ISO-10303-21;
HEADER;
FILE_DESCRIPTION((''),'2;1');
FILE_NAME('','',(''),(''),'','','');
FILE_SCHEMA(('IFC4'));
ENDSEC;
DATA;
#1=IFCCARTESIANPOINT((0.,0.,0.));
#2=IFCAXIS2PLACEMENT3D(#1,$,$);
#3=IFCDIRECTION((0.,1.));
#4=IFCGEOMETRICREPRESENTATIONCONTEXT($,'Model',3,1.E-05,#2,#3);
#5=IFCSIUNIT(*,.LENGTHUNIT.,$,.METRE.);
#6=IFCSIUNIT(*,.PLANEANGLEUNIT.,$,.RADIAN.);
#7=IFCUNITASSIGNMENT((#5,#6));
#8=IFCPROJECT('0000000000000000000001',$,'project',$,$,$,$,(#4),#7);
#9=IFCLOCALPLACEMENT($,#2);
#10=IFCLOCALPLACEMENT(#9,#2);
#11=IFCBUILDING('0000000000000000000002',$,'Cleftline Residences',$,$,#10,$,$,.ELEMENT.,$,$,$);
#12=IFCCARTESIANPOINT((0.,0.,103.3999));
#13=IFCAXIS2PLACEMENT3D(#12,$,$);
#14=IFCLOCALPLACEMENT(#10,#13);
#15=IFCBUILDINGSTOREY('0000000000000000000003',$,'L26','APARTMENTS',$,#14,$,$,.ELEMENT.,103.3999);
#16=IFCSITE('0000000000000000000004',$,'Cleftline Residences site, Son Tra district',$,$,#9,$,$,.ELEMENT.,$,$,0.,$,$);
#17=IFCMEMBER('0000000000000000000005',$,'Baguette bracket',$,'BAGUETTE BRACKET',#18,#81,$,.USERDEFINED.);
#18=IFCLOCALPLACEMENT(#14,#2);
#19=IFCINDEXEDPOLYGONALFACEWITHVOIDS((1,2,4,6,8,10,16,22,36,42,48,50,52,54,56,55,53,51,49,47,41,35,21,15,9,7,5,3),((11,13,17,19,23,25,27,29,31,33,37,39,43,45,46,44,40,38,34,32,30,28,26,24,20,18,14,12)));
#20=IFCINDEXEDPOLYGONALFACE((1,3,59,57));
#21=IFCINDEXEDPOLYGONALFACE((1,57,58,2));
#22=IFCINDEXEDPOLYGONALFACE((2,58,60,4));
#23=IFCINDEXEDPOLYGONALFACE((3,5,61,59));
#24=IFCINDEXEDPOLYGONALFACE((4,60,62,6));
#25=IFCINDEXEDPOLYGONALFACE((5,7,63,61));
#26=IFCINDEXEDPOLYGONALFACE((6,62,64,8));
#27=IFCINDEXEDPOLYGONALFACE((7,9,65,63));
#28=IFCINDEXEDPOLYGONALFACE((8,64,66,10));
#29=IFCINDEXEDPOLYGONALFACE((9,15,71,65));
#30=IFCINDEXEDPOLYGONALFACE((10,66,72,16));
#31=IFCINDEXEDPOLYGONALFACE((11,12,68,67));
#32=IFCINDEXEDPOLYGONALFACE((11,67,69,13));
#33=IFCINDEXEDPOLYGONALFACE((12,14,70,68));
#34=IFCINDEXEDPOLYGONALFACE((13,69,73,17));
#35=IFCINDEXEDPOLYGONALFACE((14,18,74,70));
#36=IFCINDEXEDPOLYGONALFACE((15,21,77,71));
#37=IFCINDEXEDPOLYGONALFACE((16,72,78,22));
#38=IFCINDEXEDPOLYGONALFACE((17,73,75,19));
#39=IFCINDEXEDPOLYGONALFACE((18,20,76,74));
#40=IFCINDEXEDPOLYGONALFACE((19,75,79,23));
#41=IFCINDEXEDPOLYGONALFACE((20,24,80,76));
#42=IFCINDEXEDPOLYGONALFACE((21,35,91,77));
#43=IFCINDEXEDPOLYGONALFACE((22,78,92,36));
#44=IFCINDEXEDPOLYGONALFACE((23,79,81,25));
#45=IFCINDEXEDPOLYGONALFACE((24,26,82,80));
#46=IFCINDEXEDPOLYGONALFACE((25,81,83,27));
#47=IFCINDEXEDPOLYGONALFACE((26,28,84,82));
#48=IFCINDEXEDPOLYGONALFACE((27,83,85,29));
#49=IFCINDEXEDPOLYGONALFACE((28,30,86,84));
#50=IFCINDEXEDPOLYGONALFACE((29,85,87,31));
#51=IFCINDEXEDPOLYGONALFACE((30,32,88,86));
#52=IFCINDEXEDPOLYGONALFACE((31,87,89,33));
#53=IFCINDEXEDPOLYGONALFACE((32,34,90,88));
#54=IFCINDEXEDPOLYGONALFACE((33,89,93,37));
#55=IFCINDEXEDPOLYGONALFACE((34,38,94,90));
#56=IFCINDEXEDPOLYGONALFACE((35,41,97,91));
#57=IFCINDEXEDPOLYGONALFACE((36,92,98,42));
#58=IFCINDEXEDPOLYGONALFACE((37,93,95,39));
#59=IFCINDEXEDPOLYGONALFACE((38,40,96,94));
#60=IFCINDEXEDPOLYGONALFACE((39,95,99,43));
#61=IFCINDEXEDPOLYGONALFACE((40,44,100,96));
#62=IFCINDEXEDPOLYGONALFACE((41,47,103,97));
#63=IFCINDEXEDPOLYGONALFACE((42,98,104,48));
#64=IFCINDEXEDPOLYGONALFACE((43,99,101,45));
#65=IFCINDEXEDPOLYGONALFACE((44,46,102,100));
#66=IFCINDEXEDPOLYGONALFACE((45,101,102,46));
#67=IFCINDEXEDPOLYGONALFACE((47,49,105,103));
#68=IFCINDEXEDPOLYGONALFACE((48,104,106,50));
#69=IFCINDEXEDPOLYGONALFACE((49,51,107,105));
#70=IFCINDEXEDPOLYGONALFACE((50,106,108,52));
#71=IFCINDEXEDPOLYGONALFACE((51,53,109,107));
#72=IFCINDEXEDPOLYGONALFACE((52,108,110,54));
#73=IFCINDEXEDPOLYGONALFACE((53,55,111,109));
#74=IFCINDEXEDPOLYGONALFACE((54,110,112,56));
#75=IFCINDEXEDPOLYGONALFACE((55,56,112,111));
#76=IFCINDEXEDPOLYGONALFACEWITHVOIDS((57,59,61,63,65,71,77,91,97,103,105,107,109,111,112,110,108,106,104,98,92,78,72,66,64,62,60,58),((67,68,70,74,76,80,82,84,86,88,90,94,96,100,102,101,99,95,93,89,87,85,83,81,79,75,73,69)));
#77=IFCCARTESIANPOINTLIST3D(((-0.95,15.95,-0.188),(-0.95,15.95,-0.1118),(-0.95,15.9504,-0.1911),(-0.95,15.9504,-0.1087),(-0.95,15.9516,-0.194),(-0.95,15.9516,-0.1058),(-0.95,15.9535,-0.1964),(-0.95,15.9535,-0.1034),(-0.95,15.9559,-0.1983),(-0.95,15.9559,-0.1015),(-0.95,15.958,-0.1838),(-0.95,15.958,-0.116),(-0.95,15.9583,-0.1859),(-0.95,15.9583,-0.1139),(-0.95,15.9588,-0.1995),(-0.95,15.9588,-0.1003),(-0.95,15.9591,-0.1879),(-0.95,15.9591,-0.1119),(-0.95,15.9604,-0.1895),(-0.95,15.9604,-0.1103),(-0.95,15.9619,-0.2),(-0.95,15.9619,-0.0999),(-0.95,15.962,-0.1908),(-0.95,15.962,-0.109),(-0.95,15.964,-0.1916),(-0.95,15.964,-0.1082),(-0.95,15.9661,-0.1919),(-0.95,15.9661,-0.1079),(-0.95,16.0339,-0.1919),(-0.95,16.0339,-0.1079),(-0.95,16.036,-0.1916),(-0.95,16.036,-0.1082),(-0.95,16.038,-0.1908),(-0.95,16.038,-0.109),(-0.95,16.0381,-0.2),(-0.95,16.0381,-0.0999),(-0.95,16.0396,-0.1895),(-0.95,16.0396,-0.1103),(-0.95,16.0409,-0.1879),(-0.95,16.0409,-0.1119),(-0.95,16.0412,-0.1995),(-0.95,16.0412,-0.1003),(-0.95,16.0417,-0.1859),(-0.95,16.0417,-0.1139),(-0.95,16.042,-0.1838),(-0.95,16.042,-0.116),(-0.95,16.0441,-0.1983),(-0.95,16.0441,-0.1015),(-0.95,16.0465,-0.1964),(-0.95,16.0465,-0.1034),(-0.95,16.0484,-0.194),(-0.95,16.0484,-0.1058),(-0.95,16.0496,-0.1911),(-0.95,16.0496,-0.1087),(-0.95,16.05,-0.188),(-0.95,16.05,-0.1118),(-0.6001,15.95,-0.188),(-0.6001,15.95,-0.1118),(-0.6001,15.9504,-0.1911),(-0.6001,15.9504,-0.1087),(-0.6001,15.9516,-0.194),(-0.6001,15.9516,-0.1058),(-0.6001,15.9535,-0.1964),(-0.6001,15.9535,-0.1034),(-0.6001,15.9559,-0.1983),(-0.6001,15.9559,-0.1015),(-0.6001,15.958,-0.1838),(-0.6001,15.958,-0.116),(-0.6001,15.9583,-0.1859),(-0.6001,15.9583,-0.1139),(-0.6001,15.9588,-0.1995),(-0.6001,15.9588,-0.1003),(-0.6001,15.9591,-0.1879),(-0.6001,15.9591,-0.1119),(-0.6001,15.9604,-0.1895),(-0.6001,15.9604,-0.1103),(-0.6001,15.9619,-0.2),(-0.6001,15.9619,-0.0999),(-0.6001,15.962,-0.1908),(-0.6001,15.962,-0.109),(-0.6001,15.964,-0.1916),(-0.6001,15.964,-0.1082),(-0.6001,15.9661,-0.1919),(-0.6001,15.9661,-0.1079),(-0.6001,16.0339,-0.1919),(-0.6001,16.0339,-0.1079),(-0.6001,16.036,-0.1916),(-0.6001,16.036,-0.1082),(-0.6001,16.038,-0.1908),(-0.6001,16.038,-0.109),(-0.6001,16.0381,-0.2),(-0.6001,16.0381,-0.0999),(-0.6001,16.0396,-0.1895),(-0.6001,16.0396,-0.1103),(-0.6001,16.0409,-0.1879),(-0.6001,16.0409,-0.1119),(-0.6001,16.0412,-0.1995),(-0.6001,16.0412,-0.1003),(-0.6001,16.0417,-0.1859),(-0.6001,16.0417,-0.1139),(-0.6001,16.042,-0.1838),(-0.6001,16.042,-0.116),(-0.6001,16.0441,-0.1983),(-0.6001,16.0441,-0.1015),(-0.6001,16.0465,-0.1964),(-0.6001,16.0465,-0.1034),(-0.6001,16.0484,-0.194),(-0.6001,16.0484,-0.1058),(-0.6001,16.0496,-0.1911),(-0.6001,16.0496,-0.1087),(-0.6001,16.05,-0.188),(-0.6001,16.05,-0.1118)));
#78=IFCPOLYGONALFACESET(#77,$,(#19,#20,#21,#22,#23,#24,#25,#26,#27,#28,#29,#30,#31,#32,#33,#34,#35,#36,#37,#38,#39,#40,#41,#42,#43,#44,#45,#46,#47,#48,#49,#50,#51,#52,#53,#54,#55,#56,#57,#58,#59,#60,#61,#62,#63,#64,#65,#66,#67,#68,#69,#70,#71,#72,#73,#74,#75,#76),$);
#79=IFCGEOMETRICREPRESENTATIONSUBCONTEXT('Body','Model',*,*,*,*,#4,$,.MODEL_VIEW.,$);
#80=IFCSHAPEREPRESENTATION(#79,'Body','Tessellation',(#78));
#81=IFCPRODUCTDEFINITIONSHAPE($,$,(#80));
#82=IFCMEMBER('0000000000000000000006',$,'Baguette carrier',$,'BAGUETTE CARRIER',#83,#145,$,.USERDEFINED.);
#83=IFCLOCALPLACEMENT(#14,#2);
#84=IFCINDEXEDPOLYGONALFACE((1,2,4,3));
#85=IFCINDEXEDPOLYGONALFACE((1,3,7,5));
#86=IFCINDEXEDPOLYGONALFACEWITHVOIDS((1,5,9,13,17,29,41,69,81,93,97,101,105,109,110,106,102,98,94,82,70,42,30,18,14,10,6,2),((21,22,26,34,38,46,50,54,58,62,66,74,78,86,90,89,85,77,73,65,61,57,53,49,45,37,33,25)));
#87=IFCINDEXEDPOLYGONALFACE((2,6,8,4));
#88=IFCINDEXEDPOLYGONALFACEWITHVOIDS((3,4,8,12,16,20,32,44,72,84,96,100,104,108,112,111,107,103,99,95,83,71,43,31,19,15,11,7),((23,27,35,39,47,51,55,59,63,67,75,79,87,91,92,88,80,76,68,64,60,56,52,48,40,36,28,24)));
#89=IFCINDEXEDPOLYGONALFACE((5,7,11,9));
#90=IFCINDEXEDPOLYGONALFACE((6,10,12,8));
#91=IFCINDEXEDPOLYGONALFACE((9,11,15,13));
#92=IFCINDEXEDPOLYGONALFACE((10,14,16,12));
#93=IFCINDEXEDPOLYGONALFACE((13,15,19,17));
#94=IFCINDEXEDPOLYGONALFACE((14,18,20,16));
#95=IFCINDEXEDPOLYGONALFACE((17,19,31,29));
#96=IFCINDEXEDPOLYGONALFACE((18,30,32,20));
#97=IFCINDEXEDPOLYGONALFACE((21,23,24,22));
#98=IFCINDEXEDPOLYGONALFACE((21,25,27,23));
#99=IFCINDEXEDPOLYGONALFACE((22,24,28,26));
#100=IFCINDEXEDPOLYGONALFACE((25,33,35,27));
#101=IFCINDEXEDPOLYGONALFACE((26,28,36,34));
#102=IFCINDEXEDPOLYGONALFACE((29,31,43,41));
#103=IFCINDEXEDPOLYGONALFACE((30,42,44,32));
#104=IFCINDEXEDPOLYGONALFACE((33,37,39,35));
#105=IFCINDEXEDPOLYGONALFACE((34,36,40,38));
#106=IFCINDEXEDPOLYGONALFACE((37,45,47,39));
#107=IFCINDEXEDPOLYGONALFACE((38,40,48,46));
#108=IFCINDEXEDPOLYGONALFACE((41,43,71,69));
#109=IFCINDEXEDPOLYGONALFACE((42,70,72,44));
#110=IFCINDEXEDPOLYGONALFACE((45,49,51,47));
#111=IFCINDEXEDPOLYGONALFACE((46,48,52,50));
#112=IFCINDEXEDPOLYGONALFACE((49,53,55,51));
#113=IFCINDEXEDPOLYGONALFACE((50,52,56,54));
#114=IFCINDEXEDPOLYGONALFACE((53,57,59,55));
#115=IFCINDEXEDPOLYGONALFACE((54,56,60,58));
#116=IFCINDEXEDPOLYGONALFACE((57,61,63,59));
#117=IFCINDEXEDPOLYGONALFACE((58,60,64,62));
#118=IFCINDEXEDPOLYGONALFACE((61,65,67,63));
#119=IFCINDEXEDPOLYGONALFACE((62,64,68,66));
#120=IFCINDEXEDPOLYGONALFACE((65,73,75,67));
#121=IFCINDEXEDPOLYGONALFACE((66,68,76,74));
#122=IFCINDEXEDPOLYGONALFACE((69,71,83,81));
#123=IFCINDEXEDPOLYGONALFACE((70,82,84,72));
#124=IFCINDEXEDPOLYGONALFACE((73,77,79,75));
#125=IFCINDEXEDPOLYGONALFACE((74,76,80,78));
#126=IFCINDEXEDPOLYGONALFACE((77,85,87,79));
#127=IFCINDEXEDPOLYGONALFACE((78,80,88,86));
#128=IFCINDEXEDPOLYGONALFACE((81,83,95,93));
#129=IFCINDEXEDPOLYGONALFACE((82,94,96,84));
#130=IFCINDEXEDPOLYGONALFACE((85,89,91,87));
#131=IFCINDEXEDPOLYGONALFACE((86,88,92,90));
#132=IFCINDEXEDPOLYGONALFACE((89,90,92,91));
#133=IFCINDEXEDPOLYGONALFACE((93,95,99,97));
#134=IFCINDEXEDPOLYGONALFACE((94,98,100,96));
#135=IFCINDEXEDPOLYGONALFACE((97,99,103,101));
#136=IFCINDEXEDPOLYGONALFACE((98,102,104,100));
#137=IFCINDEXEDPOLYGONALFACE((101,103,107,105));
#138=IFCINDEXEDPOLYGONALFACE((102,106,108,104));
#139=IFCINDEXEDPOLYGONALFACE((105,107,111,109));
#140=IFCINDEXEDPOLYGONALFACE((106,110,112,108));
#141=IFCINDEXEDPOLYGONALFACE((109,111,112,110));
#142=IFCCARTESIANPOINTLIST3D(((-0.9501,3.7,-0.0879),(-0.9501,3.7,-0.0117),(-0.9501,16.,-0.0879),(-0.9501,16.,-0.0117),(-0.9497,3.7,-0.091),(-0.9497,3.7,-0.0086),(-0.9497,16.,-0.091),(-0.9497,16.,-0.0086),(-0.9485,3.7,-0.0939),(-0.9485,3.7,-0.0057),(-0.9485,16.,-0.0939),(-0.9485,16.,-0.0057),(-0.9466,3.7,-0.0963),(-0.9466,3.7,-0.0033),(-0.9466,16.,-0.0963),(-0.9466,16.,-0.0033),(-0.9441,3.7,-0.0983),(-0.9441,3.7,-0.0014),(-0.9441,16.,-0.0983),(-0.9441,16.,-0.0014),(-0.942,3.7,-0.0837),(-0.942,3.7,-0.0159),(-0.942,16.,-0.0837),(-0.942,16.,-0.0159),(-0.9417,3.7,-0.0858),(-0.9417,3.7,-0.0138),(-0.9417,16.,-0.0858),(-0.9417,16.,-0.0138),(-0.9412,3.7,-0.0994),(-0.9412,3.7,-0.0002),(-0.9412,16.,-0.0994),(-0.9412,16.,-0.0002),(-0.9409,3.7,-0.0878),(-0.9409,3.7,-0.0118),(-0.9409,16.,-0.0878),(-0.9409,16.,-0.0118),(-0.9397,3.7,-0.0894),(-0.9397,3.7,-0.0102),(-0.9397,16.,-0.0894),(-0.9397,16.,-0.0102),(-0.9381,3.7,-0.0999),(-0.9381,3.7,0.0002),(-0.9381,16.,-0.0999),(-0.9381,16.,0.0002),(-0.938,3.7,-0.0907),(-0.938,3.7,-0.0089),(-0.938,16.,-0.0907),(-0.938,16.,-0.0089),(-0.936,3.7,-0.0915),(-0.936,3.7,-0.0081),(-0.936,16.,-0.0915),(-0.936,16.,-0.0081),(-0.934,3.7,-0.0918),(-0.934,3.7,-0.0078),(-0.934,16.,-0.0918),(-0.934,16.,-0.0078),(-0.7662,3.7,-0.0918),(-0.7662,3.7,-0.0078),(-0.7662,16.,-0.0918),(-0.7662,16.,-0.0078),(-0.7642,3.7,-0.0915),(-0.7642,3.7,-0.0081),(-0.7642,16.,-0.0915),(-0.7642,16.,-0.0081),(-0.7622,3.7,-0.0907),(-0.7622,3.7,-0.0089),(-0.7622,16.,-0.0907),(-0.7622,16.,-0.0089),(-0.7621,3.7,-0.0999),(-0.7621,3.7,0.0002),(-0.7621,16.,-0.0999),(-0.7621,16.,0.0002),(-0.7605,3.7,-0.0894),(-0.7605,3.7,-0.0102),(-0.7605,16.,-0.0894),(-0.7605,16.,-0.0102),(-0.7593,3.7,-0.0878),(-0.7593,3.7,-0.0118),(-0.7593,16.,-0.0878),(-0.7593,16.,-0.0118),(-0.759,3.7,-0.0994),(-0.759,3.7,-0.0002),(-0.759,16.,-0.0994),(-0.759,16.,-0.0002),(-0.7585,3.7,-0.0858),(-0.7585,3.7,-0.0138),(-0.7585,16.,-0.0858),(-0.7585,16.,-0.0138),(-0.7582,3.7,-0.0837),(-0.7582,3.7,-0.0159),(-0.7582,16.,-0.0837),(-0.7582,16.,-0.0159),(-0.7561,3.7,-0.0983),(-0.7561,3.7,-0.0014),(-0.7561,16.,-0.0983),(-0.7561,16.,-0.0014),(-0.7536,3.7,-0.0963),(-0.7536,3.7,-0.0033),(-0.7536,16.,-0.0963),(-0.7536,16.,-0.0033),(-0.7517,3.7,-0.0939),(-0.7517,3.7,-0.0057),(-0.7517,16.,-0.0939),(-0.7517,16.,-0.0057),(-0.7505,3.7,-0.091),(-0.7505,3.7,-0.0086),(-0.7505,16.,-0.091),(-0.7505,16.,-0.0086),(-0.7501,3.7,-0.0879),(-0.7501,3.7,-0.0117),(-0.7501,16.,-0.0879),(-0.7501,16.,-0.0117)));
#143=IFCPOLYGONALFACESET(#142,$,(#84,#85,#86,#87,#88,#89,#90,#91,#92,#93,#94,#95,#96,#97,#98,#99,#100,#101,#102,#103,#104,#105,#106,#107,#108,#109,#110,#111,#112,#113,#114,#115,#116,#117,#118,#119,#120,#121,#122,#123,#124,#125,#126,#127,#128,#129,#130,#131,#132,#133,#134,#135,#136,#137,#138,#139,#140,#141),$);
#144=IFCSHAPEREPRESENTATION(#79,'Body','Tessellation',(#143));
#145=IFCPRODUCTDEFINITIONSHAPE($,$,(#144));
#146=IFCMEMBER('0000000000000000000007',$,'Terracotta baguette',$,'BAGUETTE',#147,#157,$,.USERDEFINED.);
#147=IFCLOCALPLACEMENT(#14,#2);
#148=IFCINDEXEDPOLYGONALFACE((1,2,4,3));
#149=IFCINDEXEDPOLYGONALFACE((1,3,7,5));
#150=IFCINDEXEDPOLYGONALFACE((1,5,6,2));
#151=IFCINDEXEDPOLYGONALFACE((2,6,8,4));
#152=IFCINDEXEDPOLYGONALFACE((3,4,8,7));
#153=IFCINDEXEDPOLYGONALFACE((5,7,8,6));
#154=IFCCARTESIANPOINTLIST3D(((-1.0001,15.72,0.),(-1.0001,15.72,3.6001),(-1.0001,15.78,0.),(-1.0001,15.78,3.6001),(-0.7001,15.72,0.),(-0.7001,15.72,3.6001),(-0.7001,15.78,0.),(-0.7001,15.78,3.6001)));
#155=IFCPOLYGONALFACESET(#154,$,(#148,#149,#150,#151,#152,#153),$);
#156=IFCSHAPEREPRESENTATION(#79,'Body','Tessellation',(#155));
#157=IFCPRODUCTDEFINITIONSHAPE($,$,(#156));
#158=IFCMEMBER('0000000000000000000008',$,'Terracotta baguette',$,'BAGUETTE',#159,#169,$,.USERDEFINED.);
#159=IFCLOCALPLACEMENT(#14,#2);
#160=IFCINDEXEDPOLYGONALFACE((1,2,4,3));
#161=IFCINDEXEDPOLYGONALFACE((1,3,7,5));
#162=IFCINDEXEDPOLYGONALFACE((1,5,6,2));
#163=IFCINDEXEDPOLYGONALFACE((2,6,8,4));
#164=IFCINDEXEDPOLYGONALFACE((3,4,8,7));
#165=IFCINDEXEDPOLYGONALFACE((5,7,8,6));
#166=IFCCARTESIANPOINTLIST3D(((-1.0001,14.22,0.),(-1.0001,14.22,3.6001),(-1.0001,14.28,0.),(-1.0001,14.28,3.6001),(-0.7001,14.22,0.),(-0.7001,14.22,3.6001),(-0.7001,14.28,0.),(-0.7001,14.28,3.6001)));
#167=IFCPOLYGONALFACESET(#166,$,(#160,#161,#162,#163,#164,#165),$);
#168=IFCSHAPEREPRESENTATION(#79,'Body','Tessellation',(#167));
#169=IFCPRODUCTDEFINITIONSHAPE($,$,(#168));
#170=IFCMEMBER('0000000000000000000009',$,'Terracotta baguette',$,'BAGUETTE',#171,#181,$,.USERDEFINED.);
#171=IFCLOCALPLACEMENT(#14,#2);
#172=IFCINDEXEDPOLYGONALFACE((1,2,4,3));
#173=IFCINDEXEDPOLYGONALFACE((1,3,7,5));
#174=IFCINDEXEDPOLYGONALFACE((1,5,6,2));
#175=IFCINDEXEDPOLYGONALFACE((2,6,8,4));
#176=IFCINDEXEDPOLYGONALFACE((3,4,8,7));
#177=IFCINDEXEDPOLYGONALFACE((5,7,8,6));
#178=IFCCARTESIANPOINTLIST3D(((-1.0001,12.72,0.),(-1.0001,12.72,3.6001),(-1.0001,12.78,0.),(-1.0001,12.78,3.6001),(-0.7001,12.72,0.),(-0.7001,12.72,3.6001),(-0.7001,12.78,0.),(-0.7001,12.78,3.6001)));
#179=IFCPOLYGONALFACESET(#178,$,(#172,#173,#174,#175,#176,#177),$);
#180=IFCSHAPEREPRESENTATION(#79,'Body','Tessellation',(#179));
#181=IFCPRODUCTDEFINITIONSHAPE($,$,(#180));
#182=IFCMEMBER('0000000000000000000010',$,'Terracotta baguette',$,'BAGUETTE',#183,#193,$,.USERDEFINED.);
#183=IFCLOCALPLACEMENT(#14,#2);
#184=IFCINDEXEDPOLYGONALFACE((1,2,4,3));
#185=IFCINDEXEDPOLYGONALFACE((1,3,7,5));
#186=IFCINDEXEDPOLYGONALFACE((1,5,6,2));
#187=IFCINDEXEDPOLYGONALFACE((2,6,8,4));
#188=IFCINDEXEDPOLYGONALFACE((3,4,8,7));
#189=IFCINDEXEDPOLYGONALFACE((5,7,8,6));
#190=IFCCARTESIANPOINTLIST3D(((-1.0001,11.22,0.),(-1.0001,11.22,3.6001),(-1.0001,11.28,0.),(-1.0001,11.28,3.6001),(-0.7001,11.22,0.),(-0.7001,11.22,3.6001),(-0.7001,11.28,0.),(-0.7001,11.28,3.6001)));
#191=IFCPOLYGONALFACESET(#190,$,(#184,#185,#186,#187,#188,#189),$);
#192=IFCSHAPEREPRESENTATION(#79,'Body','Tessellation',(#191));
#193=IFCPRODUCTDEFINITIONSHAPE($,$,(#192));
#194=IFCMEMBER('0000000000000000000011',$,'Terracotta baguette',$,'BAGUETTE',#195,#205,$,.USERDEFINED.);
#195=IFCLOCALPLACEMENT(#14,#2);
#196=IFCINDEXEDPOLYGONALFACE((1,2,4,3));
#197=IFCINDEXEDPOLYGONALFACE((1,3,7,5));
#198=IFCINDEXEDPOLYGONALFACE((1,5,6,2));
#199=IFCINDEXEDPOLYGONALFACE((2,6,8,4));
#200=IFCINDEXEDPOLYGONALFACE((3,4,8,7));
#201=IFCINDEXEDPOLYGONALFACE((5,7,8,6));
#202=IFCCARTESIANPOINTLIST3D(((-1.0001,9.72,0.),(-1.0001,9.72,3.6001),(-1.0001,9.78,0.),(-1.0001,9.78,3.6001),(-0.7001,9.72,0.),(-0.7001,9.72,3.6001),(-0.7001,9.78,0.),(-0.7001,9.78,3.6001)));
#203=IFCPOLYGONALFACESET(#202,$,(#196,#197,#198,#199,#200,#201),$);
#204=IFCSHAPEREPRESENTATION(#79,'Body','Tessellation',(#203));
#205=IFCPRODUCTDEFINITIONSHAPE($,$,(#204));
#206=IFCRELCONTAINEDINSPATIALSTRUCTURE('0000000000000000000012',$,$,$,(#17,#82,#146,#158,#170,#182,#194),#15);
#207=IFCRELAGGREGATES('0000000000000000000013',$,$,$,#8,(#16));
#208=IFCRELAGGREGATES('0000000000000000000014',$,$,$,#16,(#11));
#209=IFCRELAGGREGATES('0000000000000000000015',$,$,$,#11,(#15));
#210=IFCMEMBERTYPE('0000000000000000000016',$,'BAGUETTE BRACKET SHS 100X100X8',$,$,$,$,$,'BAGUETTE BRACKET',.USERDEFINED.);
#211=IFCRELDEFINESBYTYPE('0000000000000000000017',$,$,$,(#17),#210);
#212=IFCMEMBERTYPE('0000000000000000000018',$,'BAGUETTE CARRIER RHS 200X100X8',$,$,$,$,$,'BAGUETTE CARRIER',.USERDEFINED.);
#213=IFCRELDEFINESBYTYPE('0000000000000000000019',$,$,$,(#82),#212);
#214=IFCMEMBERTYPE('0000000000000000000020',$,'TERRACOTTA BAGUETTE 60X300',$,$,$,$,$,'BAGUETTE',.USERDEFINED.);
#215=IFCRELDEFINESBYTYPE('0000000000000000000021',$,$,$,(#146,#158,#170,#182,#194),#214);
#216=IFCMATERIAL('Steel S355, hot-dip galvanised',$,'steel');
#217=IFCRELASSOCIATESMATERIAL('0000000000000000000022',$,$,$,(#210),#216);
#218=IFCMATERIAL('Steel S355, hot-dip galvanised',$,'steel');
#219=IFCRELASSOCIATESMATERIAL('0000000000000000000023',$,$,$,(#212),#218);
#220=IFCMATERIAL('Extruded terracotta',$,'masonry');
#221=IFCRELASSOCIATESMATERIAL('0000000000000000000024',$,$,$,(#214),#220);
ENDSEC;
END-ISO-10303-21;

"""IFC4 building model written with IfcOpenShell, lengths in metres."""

from ifc_helpers import new_model, si_unit, direction, frame, origin, origin_2d, place, context, subcontext, project, spatial, rectangle, hollow_rectangle, extrude, material, material_profile, profile_set, type_object, element, save


model = new_model("IFC4")

# Units and contexts
model_context = context("Model", 3, precision=1e-05, world=origin(), true_north=direction((0.0, 1.0)))
body_context = subcontext(model_context, "Body", "Model", "MODEL_VIEW")
ifc_project = project(units=[si_unit("LENGTHUNIT", "METRE"), si_unit("PLANEANGLEUNIT", "RADIAN")], contexts=[model_context])

# Site, building, storey
site_placement = place(None, origin())
site = spatial("IfcSite", under=ifc_project, at=site_placement, Name="Cleftline Residences site, Son Tra district", CompositionType="ELEMENT", RefElevation=0.0)
building_placement = place(site_placement, origin())
building = spatial("IfcBuilding", under=site, at=building_placement, Name="Cleftline Residences", CompositionType="ELEMENT")
storey_placement = place(building_placement, frame((0.0, 0.0, 103.3999)))
storey = spatial("IfcBuildingStorey", under=building, at=storey_placement, Name="L26", Description="APARTMENTS", CompositionType="ELEMENT", Elevation=103.3999)

# Members
ifc_material_1 = material(Name="Steel S355, hot-dip galvanised", Category="steel")
ifc_material_profile_1 = material_profile(ifc_material_1, hollow_rectangle(XDim=0.1001, YDim=0.1001, WallThickness=0.0081, InnerFilletRadius=0.0081, OuterFilletRadius=0.012, at=origin_2d()))
ifc_profile_set_1 = profile_set([ifc_material_profile_1], Name="Steel S355, hot-dip galvanised")
member_type_1 = type_object("IfcMemberType", Name="BAGUETTE BRACKET SHS 100X100X8", ElementType="BAGUETTE BRACKET", PredefinedType="USERDEFINED", material=ifc_profile_set_1)
member_1_placement = place(storey_placement, frame((-0.6001, 16.0, -0.1499), z_axis=(-1.0, 0.0, 0.0), x_axis=(0.0, -1.0, 0.0)))
element("IfcMember", 1, at=member_1_placement, inside=storey, type_object=member_type_1, Name="Baguette bracket", ObjectType="BAGUETTE BRACKET", PredefinedType="USERDEFINED", context=body_context, shape_type="SweptSolid", body=[
    extrude(hollow_rectangle(XDim=0.1001, YDim=0.1001, WallThickness=0.0081, InnerFilletRadius=0.0081, OuterFilletRadius=0.012, at=origin_2d()), origin(), (0.0, 0.0, 1.0), 0.3499),
])
ifc_material_2 = material(Name="Steel S355, hot-dip galvanised", Category="steel")
ifc_material_profile_2 = material_profile(ifc_material_2, hollow_rectangle(XDim=0.1001, YDim=0.2, WallThickness=0.0081, InnerFilletRadius=0.0081, OuterFilletRadius=0.012, at=origin_2d()))
ifc_profile_set_2 = profile_set([ifc_material_profile_2], Name="Steel S355, hot-dip galvanised")
member_type_2 = type_object("IfcMemberType", Name="BAGUETTE CARRIER RHS 200X100X8", ElementType="BAGUETTE CARRIER", PredefinedType="USERDEFINED", material=ifc_profile_set_2)
member_2_placement = place(storey_placement, frame((-0.8501, 16.0, -0.0498), z_axis=(0.0, -1.0, 0.0), x_axis=(0.0, 0.0, 1.0)))
element("IfcMember", 2, at=member_2_placement, inside=storey, type_object=member_type_2, Name="Baguette carrier", ObjectType="BAGUETTE CARRIER", PredefinedType="USERDEFINED", context=body_context, shape_type="SweptSolid", body=[
    extrude(hollow_rectangle(XDim=0.1001, YDim=0.2, WallThickness=0.0081, InnerFilletRadius=0.0081, OuterFilletRadius=0.012, at=origin_2d()), origin(), (0.0, 0.0, 1.0), 12.3),
])
ifc_material_3 = material(Name="Extruded terracotta", Category="masonry")
ifc_material_profile_3 = material_profile(ifc_material_3, rectangle(XDim=0.0601, YDim=0.3, at=origin_2d()))
ifc_profile_set_3 = profile_set([ifc_material_profile_3], Name="Extruded terracotta")
member_type_3 = type_object("IfcMemberType", Name="TERRACOTTA BAGUETTE 60X300", ElementType="BAGUETTE", PredefinedType="USERDEFINED", material=ifc_profile_set_3)
for number, where, z_axis, x_axis, name in (
    (3, (-0.8501, 15.75, 0.0), (0.0, 0.0, 1.0), (0.0, 1.0, 0.0), "Terracotta baguette"),
    (4, (-0.8501, 14.25, 0.0), (0.0, 0.0, 1.0), (0.0, 1.0, 0.0), "Terracotta baguette"),
    (5, (-0.8501, 12.75, 0.0), (0.0, 0.0, 1.0), (0.0, 1.0, 0.0), "Terracotta baguette"),
    (6, (-0.8501, 11.25, 0.0), (0.0, 0.0, 1.0), (0.0, 1.0, 0.0), "Terracotta baguette"),
    (7, (-0.8501, 9.75, 0.0), (0.0, 0.0, 1.0), (0.0, 1.0, 0.0), "Terracotta baguette"),
):
    element("IfcMember", number, at=place(storey_placement, frame(where, z_axis=z_axis, x_axis=x_axis)), inside=storey, type_object=member_type_3, Name=name, ObjectType="BAGUETTE", PredefinedType="USERDEFINED", context=body_context, shape_type="SweptSolid", body=[
        extrude(rectangle(XDim=0.0601, YDim=0.3, at=origin_2d()), origin(), (0.0, 0.0, 1.0), 3.6001),
    ])

save(model, "model.ifc")
